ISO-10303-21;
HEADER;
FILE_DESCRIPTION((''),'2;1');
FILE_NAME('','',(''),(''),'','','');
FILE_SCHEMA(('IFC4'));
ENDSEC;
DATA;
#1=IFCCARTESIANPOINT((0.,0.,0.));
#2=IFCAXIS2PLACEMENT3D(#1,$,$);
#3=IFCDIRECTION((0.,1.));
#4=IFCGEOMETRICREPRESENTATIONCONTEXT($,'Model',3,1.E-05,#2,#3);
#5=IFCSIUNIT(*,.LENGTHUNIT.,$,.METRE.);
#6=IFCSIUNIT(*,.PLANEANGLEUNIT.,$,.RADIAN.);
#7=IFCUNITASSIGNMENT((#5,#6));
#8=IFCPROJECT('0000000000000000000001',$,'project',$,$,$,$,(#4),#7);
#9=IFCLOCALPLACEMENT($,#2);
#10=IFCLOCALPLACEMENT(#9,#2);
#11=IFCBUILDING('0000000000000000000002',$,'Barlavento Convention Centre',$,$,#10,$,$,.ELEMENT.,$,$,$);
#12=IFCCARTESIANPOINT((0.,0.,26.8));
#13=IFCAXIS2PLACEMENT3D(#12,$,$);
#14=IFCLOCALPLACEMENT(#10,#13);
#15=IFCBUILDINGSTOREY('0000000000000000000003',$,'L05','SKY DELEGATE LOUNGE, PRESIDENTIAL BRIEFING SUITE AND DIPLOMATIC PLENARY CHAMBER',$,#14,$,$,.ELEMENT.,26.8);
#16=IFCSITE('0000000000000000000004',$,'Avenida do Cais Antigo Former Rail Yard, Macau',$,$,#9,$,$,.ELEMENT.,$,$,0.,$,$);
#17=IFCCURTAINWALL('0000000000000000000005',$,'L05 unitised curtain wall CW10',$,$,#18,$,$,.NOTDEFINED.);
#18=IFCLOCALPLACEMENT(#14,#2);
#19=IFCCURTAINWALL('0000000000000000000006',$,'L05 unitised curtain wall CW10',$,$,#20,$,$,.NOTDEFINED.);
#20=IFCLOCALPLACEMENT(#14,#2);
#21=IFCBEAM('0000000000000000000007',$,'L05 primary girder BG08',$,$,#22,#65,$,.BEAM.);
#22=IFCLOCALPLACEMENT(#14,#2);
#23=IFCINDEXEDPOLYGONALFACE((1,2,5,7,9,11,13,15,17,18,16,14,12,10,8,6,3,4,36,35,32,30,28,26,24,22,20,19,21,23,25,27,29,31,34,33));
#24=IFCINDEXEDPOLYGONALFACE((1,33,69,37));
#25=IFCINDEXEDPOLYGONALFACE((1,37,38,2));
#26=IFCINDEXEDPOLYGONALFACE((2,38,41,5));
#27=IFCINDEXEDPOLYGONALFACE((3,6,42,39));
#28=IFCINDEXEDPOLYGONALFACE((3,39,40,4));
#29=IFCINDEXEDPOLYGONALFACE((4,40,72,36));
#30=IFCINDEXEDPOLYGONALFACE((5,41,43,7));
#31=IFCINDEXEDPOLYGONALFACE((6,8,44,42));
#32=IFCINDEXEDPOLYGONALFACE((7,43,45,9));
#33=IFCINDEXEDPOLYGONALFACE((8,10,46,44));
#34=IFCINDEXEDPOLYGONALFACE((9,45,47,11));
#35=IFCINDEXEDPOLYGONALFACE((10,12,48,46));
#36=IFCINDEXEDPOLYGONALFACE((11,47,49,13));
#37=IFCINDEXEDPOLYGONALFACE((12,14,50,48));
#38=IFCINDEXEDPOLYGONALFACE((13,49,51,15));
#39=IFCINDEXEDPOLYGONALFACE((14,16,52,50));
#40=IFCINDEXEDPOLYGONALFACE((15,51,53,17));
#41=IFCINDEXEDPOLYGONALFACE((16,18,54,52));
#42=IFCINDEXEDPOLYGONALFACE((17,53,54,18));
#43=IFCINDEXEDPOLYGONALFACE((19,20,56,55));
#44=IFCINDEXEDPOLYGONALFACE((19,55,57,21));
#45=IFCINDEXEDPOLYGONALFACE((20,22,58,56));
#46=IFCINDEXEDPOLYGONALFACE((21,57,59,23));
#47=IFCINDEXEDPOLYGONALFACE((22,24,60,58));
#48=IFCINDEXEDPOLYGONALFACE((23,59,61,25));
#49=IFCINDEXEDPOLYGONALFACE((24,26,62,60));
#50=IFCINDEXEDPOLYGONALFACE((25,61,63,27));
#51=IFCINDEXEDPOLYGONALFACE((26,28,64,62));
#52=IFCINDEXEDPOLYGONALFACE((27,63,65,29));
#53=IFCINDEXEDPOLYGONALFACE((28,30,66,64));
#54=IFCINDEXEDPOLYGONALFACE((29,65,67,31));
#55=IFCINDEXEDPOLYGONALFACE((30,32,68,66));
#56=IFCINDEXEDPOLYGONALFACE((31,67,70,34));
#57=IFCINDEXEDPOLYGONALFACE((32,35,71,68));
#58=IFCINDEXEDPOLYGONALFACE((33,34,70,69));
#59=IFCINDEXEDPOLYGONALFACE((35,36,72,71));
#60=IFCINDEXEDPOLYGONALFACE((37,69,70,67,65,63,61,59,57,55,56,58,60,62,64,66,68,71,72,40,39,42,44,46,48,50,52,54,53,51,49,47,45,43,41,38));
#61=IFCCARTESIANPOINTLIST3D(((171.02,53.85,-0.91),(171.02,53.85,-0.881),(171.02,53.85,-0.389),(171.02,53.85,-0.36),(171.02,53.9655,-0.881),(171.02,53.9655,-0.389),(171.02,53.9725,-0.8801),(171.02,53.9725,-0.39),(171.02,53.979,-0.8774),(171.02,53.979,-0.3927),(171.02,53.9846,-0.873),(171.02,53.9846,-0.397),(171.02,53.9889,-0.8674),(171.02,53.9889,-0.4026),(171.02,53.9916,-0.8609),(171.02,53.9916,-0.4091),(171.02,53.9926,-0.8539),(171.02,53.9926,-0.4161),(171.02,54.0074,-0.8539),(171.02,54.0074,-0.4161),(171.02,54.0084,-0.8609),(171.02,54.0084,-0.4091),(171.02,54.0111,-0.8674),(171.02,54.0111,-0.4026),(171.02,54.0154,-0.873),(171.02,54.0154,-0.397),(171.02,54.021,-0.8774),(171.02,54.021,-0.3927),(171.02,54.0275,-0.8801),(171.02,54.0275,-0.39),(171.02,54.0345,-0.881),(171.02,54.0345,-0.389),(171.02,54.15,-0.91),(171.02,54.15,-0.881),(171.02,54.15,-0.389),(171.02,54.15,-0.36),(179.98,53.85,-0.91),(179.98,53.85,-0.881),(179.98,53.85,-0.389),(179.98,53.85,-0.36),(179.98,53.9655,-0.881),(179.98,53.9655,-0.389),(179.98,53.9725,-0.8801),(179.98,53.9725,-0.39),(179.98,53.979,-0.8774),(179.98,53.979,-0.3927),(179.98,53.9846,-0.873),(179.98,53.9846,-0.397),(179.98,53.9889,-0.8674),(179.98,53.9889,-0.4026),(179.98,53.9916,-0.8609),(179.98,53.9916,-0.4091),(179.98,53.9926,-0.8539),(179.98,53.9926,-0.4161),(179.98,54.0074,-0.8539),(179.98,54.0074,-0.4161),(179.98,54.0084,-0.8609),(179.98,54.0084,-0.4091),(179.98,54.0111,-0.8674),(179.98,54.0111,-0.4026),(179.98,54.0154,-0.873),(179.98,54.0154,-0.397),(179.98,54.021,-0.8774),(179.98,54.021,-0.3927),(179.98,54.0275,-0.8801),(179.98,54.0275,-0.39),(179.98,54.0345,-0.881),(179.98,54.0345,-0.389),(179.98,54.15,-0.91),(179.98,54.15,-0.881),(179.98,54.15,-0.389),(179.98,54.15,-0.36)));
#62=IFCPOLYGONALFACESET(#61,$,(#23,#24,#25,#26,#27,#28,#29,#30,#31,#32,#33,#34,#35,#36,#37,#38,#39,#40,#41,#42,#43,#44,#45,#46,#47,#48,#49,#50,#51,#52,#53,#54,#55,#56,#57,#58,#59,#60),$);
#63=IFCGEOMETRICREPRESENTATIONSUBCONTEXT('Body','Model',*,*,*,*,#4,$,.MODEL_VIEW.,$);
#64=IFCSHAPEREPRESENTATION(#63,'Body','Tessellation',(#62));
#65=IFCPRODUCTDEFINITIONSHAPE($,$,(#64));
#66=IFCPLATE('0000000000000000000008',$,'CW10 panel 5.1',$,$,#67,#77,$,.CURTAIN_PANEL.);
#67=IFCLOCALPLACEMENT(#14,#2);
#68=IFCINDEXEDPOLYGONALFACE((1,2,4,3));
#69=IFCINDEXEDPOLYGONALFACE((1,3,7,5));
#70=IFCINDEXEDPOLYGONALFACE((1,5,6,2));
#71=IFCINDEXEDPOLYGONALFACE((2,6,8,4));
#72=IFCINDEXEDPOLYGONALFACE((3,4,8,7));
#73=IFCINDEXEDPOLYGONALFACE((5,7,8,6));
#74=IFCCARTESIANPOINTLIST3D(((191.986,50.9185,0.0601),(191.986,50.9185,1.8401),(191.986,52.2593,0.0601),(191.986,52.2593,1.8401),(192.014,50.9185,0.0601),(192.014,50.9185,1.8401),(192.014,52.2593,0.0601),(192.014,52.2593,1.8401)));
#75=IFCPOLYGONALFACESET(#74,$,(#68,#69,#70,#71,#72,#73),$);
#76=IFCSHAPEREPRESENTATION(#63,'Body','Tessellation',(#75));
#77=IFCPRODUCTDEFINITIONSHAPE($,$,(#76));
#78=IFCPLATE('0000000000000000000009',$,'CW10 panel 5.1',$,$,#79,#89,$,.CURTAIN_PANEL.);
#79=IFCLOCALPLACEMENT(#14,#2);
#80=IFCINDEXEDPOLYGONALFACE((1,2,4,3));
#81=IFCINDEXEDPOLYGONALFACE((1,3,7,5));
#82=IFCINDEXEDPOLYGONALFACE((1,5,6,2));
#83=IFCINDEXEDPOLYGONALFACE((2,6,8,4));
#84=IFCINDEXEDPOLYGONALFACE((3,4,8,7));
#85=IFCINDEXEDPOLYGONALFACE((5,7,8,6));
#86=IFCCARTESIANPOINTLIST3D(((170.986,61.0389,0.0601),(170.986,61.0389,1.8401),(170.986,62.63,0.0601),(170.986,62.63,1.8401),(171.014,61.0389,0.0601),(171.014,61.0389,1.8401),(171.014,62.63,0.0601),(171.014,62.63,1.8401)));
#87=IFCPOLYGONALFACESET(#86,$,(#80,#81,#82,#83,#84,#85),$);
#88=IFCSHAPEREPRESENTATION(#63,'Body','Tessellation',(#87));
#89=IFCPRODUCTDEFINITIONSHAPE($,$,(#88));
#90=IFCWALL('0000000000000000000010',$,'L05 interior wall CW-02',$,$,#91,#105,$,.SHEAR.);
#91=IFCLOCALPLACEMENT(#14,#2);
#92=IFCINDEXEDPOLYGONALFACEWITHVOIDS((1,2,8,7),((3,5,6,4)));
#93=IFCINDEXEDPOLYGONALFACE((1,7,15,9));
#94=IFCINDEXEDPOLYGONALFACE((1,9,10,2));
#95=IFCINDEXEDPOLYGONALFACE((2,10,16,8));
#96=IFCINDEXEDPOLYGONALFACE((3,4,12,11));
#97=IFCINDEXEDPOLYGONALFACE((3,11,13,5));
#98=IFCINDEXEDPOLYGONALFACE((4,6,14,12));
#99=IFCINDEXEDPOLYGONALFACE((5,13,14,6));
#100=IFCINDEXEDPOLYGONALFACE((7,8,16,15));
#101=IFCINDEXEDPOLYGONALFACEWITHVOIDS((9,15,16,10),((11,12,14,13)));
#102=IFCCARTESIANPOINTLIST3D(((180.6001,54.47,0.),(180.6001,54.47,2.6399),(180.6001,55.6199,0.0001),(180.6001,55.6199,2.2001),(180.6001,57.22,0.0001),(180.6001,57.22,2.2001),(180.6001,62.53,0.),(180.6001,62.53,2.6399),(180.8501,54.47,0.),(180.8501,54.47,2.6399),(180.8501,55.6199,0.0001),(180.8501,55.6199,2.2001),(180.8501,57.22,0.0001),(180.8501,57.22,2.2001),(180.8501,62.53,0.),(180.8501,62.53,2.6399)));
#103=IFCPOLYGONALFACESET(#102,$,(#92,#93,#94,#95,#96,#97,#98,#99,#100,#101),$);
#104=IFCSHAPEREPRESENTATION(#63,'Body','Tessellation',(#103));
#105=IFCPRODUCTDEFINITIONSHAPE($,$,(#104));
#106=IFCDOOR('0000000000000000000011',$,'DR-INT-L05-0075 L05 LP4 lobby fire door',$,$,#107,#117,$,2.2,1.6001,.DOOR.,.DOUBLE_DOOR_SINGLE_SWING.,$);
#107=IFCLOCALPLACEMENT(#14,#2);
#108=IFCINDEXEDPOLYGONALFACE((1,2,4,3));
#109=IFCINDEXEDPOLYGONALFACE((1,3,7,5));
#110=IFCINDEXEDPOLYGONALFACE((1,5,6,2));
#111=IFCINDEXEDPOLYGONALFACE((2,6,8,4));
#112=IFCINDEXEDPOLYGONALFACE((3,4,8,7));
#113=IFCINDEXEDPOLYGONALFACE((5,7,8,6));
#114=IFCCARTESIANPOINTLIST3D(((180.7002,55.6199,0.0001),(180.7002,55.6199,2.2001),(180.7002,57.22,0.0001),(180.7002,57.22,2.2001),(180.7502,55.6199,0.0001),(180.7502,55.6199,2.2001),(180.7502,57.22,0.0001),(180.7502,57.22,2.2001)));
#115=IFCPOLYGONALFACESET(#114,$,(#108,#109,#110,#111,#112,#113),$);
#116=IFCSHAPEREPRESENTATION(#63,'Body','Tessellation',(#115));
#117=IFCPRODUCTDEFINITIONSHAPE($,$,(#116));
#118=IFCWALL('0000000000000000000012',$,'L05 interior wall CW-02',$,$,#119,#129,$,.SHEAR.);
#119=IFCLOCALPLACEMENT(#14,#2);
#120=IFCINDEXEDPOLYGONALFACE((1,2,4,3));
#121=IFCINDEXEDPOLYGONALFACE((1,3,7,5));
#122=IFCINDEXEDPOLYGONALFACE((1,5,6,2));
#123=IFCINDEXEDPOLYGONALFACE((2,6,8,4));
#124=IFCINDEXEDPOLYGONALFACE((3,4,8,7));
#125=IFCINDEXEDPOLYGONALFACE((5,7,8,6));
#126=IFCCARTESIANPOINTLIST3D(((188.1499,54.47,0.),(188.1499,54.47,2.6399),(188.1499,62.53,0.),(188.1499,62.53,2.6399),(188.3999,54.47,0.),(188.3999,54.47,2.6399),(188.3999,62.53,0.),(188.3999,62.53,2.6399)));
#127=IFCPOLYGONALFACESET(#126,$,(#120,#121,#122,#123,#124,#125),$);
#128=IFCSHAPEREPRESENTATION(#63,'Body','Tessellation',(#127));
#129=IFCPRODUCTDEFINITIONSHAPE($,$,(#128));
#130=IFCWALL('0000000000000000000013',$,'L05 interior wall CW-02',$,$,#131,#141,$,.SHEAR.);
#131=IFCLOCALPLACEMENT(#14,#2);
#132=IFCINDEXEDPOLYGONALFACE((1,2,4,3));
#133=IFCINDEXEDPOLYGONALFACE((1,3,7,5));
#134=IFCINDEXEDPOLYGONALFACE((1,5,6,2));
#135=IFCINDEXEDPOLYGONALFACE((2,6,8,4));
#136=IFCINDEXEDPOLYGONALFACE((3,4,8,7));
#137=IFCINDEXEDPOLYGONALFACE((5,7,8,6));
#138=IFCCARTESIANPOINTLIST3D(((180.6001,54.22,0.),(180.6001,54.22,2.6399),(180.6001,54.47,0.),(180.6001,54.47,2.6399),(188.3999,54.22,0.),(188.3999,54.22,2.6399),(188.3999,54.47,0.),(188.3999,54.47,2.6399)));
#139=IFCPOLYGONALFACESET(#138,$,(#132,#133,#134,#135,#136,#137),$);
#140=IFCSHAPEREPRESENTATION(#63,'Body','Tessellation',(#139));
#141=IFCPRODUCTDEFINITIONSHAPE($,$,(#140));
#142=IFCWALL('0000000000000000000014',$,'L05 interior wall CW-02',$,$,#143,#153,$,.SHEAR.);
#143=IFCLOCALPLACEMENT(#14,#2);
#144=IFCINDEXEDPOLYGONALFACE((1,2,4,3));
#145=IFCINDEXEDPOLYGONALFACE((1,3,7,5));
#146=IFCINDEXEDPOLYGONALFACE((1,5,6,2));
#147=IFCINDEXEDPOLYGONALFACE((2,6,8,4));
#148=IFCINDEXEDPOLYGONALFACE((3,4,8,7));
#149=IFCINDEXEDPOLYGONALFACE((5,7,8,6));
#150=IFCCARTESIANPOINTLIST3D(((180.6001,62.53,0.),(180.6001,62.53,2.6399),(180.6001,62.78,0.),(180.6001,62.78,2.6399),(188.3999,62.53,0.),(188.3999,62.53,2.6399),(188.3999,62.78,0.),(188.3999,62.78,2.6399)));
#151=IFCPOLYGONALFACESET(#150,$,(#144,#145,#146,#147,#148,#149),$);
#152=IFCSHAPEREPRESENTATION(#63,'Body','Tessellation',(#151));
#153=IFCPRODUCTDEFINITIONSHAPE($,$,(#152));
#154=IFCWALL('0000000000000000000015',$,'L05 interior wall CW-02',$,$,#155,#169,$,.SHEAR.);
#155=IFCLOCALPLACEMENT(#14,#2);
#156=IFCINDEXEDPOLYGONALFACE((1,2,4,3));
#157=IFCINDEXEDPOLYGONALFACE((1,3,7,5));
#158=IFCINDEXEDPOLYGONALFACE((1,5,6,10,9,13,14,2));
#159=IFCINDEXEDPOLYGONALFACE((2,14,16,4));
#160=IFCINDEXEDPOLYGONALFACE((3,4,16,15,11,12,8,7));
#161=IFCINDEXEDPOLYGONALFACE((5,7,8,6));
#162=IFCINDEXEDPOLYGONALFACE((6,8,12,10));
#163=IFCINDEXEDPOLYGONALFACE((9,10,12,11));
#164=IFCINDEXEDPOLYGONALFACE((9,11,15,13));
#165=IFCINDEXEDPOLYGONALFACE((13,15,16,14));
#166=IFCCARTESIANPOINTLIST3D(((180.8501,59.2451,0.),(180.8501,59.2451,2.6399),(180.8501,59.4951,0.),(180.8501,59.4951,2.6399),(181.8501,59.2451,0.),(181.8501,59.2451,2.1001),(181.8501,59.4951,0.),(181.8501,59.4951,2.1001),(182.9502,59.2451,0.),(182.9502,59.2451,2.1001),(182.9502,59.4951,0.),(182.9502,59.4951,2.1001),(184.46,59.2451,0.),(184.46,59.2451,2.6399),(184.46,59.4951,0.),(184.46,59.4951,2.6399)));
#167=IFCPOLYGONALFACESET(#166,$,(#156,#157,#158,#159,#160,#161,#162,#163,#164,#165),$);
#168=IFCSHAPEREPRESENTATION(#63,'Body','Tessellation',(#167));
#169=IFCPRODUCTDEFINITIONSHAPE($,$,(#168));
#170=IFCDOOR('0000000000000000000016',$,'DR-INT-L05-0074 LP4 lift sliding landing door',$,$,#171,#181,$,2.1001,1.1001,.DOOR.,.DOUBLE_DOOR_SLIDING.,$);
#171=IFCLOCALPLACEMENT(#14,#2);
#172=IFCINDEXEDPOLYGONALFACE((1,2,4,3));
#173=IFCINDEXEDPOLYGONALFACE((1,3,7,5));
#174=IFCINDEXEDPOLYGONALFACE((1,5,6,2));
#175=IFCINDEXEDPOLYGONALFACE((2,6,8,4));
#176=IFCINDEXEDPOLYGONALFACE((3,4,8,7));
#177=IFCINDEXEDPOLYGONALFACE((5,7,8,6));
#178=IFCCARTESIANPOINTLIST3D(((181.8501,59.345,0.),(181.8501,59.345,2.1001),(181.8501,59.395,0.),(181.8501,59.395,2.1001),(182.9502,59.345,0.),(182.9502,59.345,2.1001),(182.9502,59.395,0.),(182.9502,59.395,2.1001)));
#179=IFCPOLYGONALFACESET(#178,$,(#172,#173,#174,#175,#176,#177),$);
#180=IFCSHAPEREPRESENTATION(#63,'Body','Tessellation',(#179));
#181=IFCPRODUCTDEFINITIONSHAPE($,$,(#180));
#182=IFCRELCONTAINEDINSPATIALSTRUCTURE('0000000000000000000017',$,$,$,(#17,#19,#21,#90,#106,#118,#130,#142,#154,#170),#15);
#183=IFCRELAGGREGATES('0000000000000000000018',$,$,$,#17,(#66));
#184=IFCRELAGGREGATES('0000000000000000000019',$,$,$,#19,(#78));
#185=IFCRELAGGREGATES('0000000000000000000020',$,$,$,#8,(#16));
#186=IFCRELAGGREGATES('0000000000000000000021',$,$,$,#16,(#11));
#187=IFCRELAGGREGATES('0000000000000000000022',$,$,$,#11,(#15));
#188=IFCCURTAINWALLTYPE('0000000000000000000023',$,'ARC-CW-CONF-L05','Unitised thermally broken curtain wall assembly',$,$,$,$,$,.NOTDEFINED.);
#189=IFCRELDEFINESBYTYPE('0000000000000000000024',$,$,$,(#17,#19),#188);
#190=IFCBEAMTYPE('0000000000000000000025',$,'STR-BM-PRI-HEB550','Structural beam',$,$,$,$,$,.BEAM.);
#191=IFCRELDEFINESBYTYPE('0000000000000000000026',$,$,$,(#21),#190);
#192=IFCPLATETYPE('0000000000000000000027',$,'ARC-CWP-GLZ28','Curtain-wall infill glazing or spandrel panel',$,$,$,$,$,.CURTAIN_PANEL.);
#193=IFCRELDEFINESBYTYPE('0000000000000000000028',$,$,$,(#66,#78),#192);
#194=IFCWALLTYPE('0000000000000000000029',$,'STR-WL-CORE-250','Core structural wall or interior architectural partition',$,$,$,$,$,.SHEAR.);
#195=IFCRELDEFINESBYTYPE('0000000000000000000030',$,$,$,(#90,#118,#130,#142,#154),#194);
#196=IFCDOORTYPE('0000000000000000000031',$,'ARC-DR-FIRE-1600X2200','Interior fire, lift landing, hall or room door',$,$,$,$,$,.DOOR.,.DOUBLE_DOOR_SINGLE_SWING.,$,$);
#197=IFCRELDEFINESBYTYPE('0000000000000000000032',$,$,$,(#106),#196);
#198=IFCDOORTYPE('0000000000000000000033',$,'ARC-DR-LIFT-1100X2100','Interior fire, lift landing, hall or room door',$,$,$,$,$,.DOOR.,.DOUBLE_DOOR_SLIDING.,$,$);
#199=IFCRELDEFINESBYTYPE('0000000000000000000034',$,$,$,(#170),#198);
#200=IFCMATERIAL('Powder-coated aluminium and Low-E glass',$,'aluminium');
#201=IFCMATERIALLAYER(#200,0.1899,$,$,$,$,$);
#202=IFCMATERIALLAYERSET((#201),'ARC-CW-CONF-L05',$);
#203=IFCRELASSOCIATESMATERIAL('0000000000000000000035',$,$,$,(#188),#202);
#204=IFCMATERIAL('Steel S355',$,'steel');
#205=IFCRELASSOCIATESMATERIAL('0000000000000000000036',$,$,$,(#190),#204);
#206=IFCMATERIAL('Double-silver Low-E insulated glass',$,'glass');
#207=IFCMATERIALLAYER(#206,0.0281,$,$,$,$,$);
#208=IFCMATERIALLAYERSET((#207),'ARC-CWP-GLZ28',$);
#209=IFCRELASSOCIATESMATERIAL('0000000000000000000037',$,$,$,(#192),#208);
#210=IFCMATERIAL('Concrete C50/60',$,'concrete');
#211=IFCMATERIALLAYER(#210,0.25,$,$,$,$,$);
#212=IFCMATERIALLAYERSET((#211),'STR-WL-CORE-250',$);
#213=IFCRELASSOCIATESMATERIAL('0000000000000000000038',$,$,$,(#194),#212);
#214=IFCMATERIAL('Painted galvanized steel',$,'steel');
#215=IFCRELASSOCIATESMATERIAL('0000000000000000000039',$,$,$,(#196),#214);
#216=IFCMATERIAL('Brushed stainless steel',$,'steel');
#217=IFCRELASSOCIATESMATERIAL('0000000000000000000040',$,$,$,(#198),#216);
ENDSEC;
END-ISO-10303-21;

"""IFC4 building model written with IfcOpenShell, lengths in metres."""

from ifc_helpers import new_model, si_unit, direction, frame, frame_2d, origin, origin_2d, place, context, subcontext, project, spatial, rectangle, i_section, extrude, material, layer, layer_set, material_profile, profile_set, type_object, element, fill, aggregate, save


model = new_model("IFC4")

# Units and contexts
model_context = context("Model", 3, precision=1e-05, world=origin(), true_north=direction((0.0, 1.0)))
body_context = subcontext(model_context, "Body", "Model", "MODEL_VIEW")
ifc_project = project(units=[si_unit("LENGTHUNIT", "METRE"), si_unit("PLANEANGLEUNIT", "RADIAN")], contexts=[model_context])

# Site, building, storey
site_placement = place(None, origin())
site = spatial("IfcSite", under=ifc_project, at=site_placement, Name="Avenida do Cais Antigo Former Rail Yard, Macau", CompositionType="ELEMENT", RefElevation=0.0)
building_placement = place(site_placement, origin())
building = spatial("IfcBuilding", under=site, at=building_placement, Name="Barlavento Convention Centre", CompositionType="ELEMENT")
storey_placement = place(building_placement, frame((0.0, 0.0, 26.8)))
storey = spatial("IfcBuildingStorey", under=building, at=storey_placement, Name="L05", Description="SKY DELEGATE LOUNGE, PRESIDENTIAL BRIEFING SUITE AND DIPLOMATIC PLENARY CHAMBER", CompositionType="ELEMENT", Elevation=26.8)

# Shared definitions
ifc_material_1 = material(Name="Steel S355", Category="steel")

# Curtain wall
ifc_material_2 = material(Name="Powder-coated aluminium and Low-E glass", Category="aluminium")
ifc_layer_1 = layer(ifc_material_2, 0.1899)
ifc_layer_set_1 = layer_set([ifc_layer_1], Name="ARC-CW-CONF-L05")
curtain_wall_type = type_object("IfcCurtainWallType", Name="ARC-CW-CONF-L05", Description="Unitised thermally broken curtain wall assembly", PredefinedType="NOTDEFINED", material=ifc_layer_set_1)
curtain_wall_1_placement = place(storey_placement, origin())
curtain_wall_1 = element("IfcCurtainWall", 1, at=curtain_wall_1_placement, inside=storey, type_object=curtain_wall_type, Name="L05 unitised curtain wall CW10", PredefinedType="NOTDEFINED")

# Curtain wall
curtain_wall_2_placement = place(storey_placement, origin())
curtain_wall_2 = element("IfcCurtainWall", 2, at=curtain_wall_2_placement, inside=storey, type_object=curtain_wall_type, Name="L05 unitised curtain wall CW10", PredefinedType="NOTDEFINED")

# Beam
ifc_material_profile_1 = material_profile(ifc_material_1, i_section(OverallWidth=0.3, OverallDepth=0.55, WebThickness=0.0149, FlangeThickness=0.0291, FilletRadius=0.0271, at=origin_2d()), Name="HEB 550")
ifc_profile_set_1 = profile_set([ifc_material_profile_1], Name="Steel S355")
beam_type_1 = type_object("IfcBeamType", Name="STR-BM-PRI-HEB550", Description="Structural beam", PredefinedType="BEAM", material=ifc_profile_set_1)
beam_1_placement = place(storey_placement, frame((171.02, 54.0, -0.635), z_axis=(1.0, 0.0, 0.0), x_axis=(0.0, 1.0, 0.0)))
element("IfcBeam", 3, at=beam_1_placement, inside=storey, type_object=beam_type_1, Name="L05 primary girder BG08", PredefinedType="BEAM", context=body_context, shape_type="SweptSolid", body=[
    extrude(i_section(OverallWidth=0.3, OverallDepth=0.55, WebThickness=0.0149, FlangeThickness=0.0291, FilletRadius=0.0271, at=origin_2d()), origin(), (0.0, 0.0, 1.0), 8.96),
])

# Plates
ifc_material_3 = material(Name="Double-silver Low-E insulated glass", Category="glass")
ifc_layer_2 = layer(ifc_material_3, 0.0281)
ifc_layer_set_2 = layer_set([ifc_layer_2], Name="ARC-CWP-GLZ28")
plate_type = type_object("IfcPlateType", Name="ARC-CWP-GLZ28", Description="Curtain-wall infill glazing or spandrel panel", PredefinedType="CURTAIN_PANEL", material=ifc_layer_set_2)
plate_1_placement = place(storey_placement, frame((192.0, 51.5889, 0.0601), z_axis=(0.0, 0.0, 1.0), x_axis=(0.0, 1.0, 0.0)))
plate_1 = element("IfcPlate", 4, at=plate_1_placement, type_object=plate_type, Name="CW10 panel 5.1", PredefinedType="CURTAIN_PANEL", context=body_context, shape_type="SweptSolid", body=[
    extrude(rectangle(XDim=1.3408, YDim=0.0281, at=origin_2d()), origin(), (0.0, 0.0, 1.0), 1.78),
])
aggregate(curtain_wall_1, [plate_1])
plate_2_placement = place(storey_placement, frame((171.0, 61.8345, 0.0601), z_axis=(0.0, 0.0, 1.0), x_axis=(0.0, 1.0, 0.0)))
plate_2 = element("IfcPlate", 5, at=plate_2_placement, type_object=plate_type, Name="CW10 panel 5.1", PredefinedType="CURTAIN_PANEL", context=body_context, shape_type="SweptSolid", body=[
    extrude(rectangle(XDim=1.5911, YDim=0.0281, at=origin_2d()), origin(), (0.0, 0.0, 1.0), 1.78),
])
aggregate(curtain_wall_2, [plate_2])

# Wall, opening, door
ifc_material_4 = material(Name="Concrete C50/60", Category="concrete")
ifc_layer_3 = layer(ifc_material_4, 0.25)
ifc_layer_set_3 = layer_set([ifc_layer_3], Name="STR-WL-CORE-250")
wall_type = type_object("IfcWallType", Name="STR-WL-CORE-250", Description="Core structural wall or interior architectural partition", PredefinedType="SHEAR", material=ifc_layer_set_3)
wall_1_placement = place(storey_placement, frame((180.7251, 54.47, 0.0), z_axis=(0.0, 0.0, 1.0), x_axis=(0.0, 1.0, 0.0)))
wall_1 = element("IfcWall", 6, at=wall_1_placement, inside=storey, type_object=wall_type, Name="L05 interior wall CW-02", PredefinedType="SHEAR", context=body_context, shape_type="SweptSolid", body=[
    extrude(rectangle(XDim=8.0601, YDim=0.25, at=frame_2d((4.03, 0.0))), origin(), (0.0, 0.0, 1.0), 2.6399),
])
opening_1_placement = place(wall_1_placement, frame((1.1499, 0.0, 0.0)))
opening_1 = element("IfcOpeningElement", 7, at=opening_1_placement, cuts=wall_1, PredefinedType="OPENING", context=body_context, shape_type="SweptSolid", body=[
    extrude(rectangle(XDim=1.6001, YDim=2.2, at=frame_2d((0.8, 1.1001))), frame((0.0, 0.135, 0.0), z_axis=(0.0, -1.0, 0.0), x_axis=(1.0, 0.0, 0.0)), (0.0, 0.0, 1.0), 0.27),
])
ifc_material_5 = material(Name="Painted galvanized steel", Category="steel")
door_type_1 = type_object("IfcDoorType", Name="ARC-DR-FIRE-1600X2200", Description="Interior fire, lift landing, hall or room door", OperationType="DOUBLE_DOOR_SINGLE_SWING", PredefinedType="DOOR", material=ifc_material_5)
door_1_placement = place(opening_1_placement, origin())
door_1 = element("IfcDoor", 8, at=door_1_placement, inside=storey, type_object=door_type_1, Name="DR-INT-L05-0075 L05 LP4 lobby fire door", OperationType="DOUBLE_DOOR_SINGLE_SWING", OverallHeight=2.2, OverallWidth=1.6001, PredefinedType="DOOR", context=body_context, shape_type="SweptSolid", body=[
    extrude(rectangle(XDim=1.6001, YDim=2.2, at=frame_2d((0.8, 1.1001))), frame((0.0, 0.0249, 0.0), z_axis=(0.0, -1.0, 0.0), x_axis=(1.0, 0.0, 0.0)), (0.0, 0.0, 1.0), 0.05),
])
fill(opening_1, door_1)

# Walls
wall_2_placement = place(storey_placement, frame((188.2749, 54.47, 0.0), z_axis=(0.0, 0.0, 1.0), x_axis=(0.0, 1.0, 0.0)))
element("IfcWall", 9, at=wall_2_placement, inside=storey, type_object=wall_type, Name="L05 interior wall CW-02", PredefinedType="SHEAR", context=body_context, shape_type="SweptSolid", body=[
    extrude(rectangle(XDim=8.0601, YDim=0.25, at=frame_2d((4.03, 0.0))), origin(), (0.0, 0.0, 1.0), 2.6399),
])
for number, where, z_axis, x_axis, name in (
    (10, (180.6001, 54.345, 0.0), (0.0, 0.0, 1.0), (1.0, 0.0, 0.0), "L05 interior wall CW-02"),
    (11, (180.6001, 62.655, 0.0), (0.0, 0.0, 1.0), (1.0, 0.0, 0.0), "L05 interior wall CW-02"),
):
    element("IfcWall", number, at=place(storey_placement, frame(where, z_axis=z_axis, x_axis=x_axis)), inside=storey, type_object=wall_type, Name=name, PredefinedType="SHEAR", context=body_context, shape_type="SweptSolid", body=[
        extrude(rectangle(XDim=7.7998, YDim=0.25, at=frame_2d((3.8999, 0.0))), origin(), (0.0, 0.0, 1.0), 2.6399),
    ])

# Wall, opening, door
wall_3_placement = place(storey_placement, frame((180.8501, 59.3701, 0.0), z_axis=(0.0, 0.0, 1.0), x_axis=(1.0, 0.0, 0.0)))
wall_3 = element("IfcWall", 12, at=wall_3_placement, inside=storey, type_object=wall_type, Name="L05 interior wall CW-02", PredefinedType="SHEAR", context=body_context, shape_type="SweptSolid", body=[
    extrude(rectangle(XDim=3.6099, YDim=0.25, at=frame_2d((1.8049, 0.0))), origin(), (0.0, 0.0, 1.0), 2.6399),
])
opening_2_placement = place(wall_3_placement, frame((1.0, 0.0, 0.0)))
opening_2 = element("IfcOpeningElement", 13, at=opening_2_placement, cuts=wall_3, PredefinedType="OPENING", context=body_context, shape_type="SweptSolid", body=[
    extrude(rectangle(XDim=1.1001, YDim=2.1001, at=frame_2d((0.55, 1.05))), frame((0.0, 0.135, 0.0), z_axis=(0.0, -1.0, 0.0), x_axis=(1.0, 0.0, 0.0)), (0.0, 0.0, 1.0), 0.27),
])
ifc_material_6 = material(Name="Brushed stainless steel", Category="steel")
door_type_2 = type_object("IfcDoorType", Name="ARC-DR-LIFT-1100X2100", Description="Interior fire, lift landing, hall or room door", OperationType="DOUBLE_DOOR_SLIDING", PredefinedType="DOOR", material=ifc_material_6)
door_2_placement = place(opening_2_placement, origin())
door_2 = element("IfcDoor", 14, at=door_2_placement, inside=storey, type_object=door_type_2, Name="DR-INT-L05-0074 LP4 lift sliding landing door", OperationType="DOUBLE_DOOR_SLIDING", OverallHeight=2.1001, OverallWidth=1.1001, PredefinedType="DOOR", context=body_context, shape_type="SweptSolid", body=[
    extrude(rectangle(XDim=1.1001, YDim=2.1001, at=frame_2d((0.55, 1.05))), frame((0.0, 0.0249, 0.0), z_axis=(0.0, -1.0, 0.0), x_axis=(1.0, 0.0, 0.0)), (0.0, 0.0, 1.0), 0.05),
])
fill(opening_2, door_2)

save(model, "model.ifc")
